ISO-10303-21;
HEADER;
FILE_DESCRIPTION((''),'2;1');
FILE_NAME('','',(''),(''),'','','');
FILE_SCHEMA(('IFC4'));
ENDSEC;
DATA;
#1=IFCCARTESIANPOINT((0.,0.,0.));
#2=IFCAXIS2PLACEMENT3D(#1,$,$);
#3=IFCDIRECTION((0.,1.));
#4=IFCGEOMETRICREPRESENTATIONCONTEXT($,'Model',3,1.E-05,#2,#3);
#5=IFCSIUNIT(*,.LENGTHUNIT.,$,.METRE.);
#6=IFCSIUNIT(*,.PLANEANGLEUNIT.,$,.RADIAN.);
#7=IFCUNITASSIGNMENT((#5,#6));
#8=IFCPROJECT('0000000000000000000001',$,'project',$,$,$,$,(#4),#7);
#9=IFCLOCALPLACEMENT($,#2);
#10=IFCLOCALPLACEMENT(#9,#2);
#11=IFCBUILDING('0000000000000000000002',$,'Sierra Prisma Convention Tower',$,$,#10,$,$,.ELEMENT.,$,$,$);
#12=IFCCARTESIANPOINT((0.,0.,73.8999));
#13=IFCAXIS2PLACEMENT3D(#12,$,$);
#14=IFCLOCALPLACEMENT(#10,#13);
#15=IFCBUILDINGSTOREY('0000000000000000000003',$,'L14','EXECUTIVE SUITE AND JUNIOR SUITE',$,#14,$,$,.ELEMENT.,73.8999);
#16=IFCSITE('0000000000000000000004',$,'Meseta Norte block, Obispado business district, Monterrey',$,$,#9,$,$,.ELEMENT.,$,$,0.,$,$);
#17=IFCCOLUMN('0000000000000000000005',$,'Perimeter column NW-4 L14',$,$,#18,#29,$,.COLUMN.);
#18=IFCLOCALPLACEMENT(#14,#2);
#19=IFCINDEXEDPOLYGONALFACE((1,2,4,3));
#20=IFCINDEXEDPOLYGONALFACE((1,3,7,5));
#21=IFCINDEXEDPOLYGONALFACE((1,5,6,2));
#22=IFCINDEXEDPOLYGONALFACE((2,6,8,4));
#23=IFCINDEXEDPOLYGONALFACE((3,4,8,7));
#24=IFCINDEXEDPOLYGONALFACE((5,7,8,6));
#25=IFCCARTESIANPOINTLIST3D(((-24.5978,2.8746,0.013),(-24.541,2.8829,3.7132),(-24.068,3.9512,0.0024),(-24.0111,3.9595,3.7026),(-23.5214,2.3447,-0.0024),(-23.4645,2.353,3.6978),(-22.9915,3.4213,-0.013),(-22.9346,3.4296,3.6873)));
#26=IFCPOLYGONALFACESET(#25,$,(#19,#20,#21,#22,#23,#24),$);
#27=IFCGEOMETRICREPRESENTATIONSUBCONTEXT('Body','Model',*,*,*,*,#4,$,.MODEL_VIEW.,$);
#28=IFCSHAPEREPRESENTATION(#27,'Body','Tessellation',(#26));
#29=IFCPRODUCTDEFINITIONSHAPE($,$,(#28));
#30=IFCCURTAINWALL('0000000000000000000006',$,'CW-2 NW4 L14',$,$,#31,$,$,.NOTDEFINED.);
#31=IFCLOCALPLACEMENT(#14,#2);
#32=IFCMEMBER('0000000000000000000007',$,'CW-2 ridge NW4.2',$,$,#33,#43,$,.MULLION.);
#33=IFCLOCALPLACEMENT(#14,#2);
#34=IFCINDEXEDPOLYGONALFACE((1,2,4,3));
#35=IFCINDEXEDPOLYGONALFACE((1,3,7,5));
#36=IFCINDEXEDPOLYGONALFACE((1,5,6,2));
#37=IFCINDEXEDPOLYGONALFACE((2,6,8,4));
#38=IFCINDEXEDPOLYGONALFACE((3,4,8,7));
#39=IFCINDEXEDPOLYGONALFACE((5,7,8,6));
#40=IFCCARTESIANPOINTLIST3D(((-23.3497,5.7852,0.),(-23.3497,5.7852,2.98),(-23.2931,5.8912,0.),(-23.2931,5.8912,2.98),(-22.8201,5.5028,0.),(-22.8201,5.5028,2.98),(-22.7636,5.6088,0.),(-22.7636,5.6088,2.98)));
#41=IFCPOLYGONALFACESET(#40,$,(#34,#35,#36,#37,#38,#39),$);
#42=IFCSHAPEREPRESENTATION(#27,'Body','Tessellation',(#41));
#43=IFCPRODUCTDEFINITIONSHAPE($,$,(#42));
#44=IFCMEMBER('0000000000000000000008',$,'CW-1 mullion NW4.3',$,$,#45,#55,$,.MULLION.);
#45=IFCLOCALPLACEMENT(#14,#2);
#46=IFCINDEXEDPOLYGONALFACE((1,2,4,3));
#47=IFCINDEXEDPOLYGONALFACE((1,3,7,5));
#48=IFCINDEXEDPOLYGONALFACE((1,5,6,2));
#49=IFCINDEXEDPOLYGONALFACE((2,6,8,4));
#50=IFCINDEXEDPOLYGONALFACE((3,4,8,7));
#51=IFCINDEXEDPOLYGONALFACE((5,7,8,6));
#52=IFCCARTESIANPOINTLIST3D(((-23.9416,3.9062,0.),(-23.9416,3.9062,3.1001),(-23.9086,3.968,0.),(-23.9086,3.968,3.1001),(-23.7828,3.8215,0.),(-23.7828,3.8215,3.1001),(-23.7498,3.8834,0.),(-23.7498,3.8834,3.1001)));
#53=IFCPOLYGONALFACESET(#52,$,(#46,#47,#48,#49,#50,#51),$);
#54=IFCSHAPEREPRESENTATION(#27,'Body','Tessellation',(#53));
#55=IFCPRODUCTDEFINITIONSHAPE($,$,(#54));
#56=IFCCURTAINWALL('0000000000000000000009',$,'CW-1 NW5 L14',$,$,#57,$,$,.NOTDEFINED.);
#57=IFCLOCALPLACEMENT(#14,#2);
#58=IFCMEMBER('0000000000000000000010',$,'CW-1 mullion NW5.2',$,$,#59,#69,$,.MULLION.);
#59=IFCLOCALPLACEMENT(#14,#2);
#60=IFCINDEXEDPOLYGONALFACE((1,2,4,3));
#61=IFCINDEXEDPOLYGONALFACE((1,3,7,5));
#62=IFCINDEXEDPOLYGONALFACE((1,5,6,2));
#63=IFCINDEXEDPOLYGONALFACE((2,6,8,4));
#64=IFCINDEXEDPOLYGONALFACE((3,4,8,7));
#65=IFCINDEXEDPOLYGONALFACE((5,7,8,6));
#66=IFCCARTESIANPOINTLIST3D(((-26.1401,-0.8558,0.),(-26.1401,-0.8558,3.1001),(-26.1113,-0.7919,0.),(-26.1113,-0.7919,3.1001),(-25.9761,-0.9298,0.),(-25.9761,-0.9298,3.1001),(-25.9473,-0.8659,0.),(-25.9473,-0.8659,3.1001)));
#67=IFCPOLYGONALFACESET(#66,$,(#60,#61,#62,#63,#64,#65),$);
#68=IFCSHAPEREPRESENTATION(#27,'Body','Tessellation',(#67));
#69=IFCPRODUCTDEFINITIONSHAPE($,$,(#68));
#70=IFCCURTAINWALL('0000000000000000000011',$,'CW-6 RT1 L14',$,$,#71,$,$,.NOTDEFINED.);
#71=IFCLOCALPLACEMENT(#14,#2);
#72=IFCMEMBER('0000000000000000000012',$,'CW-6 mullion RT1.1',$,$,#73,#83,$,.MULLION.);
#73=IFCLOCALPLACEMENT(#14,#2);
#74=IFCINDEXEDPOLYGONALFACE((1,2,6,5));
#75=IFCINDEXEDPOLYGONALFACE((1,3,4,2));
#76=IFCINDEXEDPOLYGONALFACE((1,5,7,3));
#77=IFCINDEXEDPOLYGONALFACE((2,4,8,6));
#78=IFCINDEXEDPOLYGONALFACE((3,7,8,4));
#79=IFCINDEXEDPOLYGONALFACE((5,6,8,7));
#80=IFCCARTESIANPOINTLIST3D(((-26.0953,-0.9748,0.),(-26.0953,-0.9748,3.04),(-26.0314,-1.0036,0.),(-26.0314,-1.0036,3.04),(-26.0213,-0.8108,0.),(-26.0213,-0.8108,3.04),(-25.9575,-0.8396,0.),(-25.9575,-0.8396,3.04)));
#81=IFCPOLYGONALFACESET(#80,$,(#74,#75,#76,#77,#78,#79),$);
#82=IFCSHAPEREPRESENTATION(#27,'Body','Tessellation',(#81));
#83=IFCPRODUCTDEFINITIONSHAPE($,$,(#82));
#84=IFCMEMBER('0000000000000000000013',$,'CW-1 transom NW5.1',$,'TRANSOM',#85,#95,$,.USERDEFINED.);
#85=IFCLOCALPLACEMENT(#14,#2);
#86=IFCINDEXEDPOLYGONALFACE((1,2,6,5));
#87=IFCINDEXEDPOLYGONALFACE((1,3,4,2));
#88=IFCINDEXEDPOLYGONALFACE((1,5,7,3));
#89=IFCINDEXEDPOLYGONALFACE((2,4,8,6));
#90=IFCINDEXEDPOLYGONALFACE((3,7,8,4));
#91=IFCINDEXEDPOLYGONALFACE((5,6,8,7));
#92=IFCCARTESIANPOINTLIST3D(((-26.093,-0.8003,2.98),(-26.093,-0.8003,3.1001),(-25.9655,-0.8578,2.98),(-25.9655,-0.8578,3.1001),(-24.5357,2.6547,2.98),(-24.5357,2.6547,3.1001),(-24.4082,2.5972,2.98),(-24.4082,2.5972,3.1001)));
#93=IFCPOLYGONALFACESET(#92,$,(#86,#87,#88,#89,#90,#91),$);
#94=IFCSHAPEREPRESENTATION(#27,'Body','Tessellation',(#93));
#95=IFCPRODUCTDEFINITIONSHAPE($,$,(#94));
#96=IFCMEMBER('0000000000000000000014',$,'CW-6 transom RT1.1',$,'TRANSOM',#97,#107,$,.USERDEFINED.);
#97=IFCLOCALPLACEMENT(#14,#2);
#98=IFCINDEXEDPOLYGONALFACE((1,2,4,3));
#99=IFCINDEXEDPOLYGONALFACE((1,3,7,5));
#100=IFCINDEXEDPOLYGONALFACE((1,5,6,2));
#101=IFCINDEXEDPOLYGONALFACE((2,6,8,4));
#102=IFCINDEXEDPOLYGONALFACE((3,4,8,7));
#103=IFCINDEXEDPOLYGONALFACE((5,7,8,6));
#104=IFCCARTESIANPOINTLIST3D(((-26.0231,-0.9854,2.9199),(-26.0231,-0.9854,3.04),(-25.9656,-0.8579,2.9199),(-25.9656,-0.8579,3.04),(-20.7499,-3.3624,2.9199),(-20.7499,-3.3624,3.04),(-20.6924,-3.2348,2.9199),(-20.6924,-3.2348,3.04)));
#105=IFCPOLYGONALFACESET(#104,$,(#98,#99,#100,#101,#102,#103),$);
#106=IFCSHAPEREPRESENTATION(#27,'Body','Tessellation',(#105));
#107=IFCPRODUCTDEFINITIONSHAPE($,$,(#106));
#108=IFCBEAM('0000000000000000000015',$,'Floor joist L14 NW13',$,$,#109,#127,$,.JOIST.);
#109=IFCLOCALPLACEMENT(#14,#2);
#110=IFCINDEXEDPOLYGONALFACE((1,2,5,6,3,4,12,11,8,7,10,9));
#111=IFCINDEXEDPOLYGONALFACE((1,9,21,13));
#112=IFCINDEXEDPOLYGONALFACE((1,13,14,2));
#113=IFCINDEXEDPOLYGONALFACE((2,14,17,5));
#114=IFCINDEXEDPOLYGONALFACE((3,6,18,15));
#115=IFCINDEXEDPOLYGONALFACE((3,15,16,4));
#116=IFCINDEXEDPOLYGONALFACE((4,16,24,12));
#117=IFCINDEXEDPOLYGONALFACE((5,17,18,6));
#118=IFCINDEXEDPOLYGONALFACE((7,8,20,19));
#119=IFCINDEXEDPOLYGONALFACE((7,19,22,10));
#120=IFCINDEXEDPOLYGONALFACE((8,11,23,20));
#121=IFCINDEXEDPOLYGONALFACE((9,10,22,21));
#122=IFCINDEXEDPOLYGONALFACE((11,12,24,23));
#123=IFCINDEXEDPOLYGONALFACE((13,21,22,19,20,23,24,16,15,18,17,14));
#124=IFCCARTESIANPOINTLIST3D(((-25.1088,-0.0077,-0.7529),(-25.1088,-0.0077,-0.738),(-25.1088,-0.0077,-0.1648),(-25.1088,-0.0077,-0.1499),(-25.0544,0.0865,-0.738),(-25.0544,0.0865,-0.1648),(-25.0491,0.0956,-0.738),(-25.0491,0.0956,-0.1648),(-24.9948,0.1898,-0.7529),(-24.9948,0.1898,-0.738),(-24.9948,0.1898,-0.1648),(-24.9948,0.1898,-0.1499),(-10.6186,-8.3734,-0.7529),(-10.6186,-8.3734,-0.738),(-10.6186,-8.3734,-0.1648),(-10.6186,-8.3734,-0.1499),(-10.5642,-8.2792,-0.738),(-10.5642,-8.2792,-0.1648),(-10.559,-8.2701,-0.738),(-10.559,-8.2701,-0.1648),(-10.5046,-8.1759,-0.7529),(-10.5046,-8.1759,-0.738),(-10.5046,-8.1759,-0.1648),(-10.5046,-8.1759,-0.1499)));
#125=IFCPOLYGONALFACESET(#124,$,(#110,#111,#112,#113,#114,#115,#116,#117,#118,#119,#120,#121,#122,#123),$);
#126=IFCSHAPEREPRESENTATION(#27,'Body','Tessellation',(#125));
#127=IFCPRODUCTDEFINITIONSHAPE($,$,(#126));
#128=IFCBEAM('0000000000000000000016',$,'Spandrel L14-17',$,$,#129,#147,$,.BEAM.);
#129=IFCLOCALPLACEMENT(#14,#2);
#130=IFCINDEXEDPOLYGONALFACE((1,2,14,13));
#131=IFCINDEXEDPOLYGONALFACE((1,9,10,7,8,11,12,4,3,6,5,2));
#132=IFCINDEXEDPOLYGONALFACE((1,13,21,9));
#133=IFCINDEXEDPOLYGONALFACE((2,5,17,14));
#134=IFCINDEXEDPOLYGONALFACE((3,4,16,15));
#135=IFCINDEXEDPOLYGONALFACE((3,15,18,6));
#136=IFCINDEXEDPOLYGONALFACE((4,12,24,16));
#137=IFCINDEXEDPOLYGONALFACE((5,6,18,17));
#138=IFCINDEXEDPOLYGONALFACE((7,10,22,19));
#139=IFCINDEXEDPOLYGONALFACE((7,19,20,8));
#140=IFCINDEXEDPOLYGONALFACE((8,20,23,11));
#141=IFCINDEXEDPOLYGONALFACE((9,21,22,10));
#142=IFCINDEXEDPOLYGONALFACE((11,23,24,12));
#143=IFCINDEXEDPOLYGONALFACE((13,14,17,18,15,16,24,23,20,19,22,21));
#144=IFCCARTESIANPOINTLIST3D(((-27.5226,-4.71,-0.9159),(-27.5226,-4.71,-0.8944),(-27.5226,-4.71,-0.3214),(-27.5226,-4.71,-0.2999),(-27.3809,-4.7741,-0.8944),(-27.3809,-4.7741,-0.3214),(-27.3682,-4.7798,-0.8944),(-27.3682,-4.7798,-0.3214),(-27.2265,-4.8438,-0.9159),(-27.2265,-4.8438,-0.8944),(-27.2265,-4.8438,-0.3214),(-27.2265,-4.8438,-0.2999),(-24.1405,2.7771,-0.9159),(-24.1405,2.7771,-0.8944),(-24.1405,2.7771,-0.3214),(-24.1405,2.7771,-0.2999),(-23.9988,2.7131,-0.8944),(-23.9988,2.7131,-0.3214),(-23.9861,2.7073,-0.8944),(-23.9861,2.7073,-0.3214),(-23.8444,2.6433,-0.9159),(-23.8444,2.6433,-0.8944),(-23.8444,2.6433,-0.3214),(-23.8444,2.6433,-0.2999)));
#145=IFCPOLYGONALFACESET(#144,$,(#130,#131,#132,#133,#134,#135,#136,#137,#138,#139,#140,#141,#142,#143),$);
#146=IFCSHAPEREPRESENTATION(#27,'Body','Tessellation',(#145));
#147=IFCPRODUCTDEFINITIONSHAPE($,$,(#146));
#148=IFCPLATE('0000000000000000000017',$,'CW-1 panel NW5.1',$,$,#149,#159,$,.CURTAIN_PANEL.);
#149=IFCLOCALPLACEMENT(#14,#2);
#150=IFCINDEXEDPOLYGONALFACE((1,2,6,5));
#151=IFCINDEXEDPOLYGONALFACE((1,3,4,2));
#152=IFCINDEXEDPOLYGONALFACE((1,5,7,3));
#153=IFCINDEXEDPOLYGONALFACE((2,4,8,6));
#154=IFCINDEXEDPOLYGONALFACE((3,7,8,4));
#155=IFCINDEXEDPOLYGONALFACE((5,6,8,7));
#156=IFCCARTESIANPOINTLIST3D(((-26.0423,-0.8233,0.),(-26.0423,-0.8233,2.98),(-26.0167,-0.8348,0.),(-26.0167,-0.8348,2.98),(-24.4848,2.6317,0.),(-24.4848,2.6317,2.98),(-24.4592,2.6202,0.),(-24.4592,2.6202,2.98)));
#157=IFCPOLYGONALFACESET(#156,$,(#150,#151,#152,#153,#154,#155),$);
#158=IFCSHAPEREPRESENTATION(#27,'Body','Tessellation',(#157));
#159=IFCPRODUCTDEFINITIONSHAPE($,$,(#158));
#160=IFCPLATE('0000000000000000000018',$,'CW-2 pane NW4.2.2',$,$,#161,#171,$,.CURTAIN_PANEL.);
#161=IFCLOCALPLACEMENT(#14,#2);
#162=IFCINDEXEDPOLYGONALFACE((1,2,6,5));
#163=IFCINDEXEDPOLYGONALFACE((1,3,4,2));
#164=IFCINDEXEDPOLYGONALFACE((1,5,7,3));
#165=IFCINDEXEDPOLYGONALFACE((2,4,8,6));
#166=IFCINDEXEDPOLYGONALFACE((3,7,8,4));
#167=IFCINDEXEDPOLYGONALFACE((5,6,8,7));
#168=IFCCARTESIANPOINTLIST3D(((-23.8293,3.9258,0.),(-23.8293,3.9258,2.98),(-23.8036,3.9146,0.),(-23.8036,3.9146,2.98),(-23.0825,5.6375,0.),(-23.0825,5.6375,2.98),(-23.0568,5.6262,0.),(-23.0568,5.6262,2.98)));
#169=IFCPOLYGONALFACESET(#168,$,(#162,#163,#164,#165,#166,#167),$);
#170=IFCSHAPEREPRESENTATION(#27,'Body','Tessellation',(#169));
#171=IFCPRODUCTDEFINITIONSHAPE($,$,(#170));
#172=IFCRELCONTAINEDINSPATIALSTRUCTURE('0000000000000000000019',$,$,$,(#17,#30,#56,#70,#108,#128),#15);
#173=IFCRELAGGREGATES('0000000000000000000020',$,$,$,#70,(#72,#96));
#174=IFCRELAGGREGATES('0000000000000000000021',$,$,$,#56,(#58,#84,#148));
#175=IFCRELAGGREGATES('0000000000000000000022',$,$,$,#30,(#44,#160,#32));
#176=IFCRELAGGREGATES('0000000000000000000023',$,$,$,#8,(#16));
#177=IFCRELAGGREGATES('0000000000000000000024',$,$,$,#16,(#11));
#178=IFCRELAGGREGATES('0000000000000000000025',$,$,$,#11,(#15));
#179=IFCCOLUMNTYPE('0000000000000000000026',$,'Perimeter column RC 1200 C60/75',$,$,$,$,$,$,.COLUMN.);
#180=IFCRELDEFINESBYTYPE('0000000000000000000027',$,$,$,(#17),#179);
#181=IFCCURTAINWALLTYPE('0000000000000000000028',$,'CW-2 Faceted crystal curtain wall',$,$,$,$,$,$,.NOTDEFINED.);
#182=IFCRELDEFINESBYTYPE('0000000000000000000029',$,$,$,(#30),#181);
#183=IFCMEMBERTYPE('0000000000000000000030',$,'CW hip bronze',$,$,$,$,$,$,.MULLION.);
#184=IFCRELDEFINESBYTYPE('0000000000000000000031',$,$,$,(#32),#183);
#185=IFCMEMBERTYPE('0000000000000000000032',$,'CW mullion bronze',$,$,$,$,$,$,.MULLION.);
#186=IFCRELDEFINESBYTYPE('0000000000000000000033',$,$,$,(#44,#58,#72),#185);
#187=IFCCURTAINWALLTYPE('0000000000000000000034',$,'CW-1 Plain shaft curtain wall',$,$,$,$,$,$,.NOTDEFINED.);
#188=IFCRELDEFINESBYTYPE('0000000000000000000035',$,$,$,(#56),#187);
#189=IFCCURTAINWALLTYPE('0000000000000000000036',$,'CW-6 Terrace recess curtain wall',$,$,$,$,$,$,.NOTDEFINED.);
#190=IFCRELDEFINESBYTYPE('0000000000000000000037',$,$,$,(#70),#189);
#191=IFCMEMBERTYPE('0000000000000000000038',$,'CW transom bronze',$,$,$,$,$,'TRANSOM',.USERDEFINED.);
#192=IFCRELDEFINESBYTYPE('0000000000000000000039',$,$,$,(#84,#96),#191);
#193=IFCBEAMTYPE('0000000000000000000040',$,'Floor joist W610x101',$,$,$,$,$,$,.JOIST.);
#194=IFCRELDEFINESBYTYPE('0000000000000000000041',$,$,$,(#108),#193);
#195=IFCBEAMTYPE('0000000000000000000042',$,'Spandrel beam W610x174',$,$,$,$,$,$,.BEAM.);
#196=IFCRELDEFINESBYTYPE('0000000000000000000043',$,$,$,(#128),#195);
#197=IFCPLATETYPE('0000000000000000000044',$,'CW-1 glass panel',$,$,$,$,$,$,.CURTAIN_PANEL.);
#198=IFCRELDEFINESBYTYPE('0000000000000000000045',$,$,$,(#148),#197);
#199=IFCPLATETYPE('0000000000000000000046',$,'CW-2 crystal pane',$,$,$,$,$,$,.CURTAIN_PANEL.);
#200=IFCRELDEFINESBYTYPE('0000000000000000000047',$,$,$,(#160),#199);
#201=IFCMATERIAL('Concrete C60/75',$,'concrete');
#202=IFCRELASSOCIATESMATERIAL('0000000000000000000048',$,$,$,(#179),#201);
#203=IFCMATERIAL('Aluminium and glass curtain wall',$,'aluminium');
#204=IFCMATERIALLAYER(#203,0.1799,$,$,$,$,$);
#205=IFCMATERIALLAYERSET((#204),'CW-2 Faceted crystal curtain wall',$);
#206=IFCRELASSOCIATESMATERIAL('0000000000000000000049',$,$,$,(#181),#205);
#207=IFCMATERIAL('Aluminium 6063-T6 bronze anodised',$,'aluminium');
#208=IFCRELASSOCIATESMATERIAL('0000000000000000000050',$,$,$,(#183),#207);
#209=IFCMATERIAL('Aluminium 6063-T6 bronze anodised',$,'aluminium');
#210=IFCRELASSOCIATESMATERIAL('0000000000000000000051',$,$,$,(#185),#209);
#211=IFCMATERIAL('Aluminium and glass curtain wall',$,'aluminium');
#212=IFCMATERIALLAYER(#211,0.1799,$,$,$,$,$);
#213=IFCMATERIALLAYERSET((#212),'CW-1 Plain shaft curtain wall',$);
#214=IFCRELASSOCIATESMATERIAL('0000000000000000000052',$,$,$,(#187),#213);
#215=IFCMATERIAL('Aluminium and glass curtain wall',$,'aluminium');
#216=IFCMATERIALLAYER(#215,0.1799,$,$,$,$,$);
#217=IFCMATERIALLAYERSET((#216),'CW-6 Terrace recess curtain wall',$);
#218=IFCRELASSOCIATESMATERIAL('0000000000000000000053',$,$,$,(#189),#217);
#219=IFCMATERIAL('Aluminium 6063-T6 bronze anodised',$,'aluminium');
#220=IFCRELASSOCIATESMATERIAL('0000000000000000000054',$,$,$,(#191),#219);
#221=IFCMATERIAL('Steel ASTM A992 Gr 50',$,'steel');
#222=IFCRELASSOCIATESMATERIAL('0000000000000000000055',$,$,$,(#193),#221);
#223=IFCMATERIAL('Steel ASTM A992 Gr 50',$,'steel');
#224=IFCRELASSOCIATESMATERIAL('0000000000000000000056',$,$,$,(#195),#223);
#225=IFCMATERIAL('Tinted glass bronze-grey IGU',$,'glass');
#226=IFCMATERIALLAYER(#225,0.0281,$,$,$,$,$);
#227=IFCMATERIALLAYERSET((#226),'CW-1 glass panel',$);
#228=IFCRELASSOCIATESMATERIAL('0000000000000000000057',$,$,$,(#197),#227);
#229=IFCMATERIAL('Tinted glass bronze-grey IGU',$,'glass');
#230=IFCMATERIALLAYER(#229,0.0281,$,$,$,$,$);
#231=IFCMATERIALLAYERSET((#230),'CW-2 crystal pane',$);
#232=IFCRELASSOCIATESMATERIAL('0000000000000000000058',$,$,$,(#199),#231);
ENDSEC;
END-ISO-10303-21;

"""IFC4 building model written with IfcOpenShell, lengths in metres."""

from ifc_helpers import new_model, si_unit, direction, frame, origin, origin_2d, place, context, subcontext, project, spatial, polyline, rectangle, i_section, outline, extrude, material, layer, layer_set, material_profile, profile_set, type_object, element, aggregate, save


model = new_model("IFC4")

# Units and contexts
model_context = context("Model", 3, precision=1e-05, world=origin(), true_north=direction((0.0, 1.0)))
body_context = subcontext(model_context, "Body", "Model", "MODEL_VIEW")
ifc_project = project(units=[si_unit("LENGTHUNIT", "METRE"), si_unit("PLANEANGLEUNIT", "RADIAN")], contexts=[model_context])

# Site, building, storey
site_placement = place(None, origin())
site = spatial("IfcSite", under=ifc_project, at=site_placement, Name="Meseta Norte block, Obispado business district, Monterrey", CompositionType="ELEMENT", RefElevation=0.0)
building_placement = place(site_placement, origin())
building = spatial("IfcBuilding", under=site, at=building_placement, Name="Sierra Prisma Convention Tower", CompositionType="ELEMENT")
storey_placement = place(building_placement, frame((0.0, 0.0, 73.8999)))
storey = spatial("IfcBuildingStorey", under=building, at=storey_placement, Name="L14", Description="EXECUTIVE SUITE AND JUNIOR SUITE", CompositionType="ELEMENT", Elevation=73.8999)

# Column
ifc_material_1 = material(Name="Concrete C60/75", Category="concrete")
ifc_material_profile_1 = material_profile(ifc_material_1, rectangle(XDim=1.2, YDim=1.2, at=origin_2d()), Name="Perimeter column RC 1200 C60/75")
ifc_profile_set_1 = profile_set([ifc_material_profile_1], Name="Concrete C60/75")
column_type = type_object("IfcColumnType", Name="Perimeter column RC 1200 C60/75", PredefinedType="COLUMN", material=ifc_profile_set_1)
column_placement = place(storey_placement, frame((-23.7947, 3.1479, 0.0), z_axis=(0.015372, 0.002243, 0.999879), x_axis=(0.441566, 0.897185, -0.008801)))
element("IfcColumn", 1, at=column_placement, inside=storey, type_object=column_type, Name="Perimeter column NW-4 L14", PredefinedType="COLUMN", context=body_context, shape_type="SweptSolid", body=[
    extrude(rectangle(XDim=1.2, YDim=1.2, at=origin_2d()), origin(), (0.0, 0.0, 1.0), 3.7007),
])

# Curtain wall, members
ifc_material_2 = material(Name="Aluminium and glass curtain wall", Category="aluminium")
ifc_layer_1 = layer(ifc_material_2, 0.1799)
ifc_layer_set_1 = layer_set([ifc_layer_1], Name="CW-2 Faceted crystal curtain wall")
curtain_wall_type_1 = type_object("IfcCurtainWallType", Name="CW-2 Faceted crystal curtain wall", PredefinedType="NOTDEFINED", material=ifc_layer_set_1)
curtain_wall_1_placement = place(storey_placement, origin())
curtain_wall_1 = element("IfcCurtainWall", 2, at=curtain_wall_1_placement, inside=storey, type_object=curtain_wall_type_1, Name="CW-2 NW4 L14", PredefinedType="NOTDEFINED")
ifc_material_3 = material(Name="Aluminium 6063-T6 bronze anodised", Category="aluminium")
ifc_material_profile_2 = material_profile(ifc_material_3, rectangle(XDim=0.1201, YDim=0.6001, at=origin_2d()), Name="ALU RIDGE BLADE 120x600")
ifc_profile_set_2 = profile_set([ifc_material_profile_2], Name="Aluminium 6063-T6 bronze anodised")
member_type_1 = type_object("IfcMemberType", Name="CW hip bronze", PredefinedType="MULLION", material=ifc_profile_set_2)
member_1_placement = place(storey_placement, frame((-23.0566, 5.697, 0.0), z_axis=(0.0, 0.0, 1.0), x_axis=(-0.470524, -0.882387, 0.0)))
member_1 = element("IfcMember", 3, at=member_1_placement, type_object=member_type_1, Name="CW-2 ridge NW4.2", PredefinedType="MULLION", context=body_context, shape_type="SweptSolid", body=[
    extrude(rectangle(XDim=0.1201, YDim=0.6001, at=origin_2d()), origin(), (0.0, 0.0, 1.0), 2.98),
])
ifc_material_4 = material(Name="Aluminium 6063-T6 bronze anodised", Category="aluminium")
ifc_material_profile_3 = material_profile(ifc_material_4, rectangle(XDim=0.1799, YDim=0.0701, at=origin_2d()), Name="ALU MULLION 70x180")
ifc_profile_set_3 = profile_set([ifc_material_profile_3], Name="Aluminium 6063-T6 bronze anodised")
member_type_2 = type_object("IfcMemberType", Name="CW mullion bronze", PredefinedType="MULLION", material=ifc_profile_set_3)
member_2_placement = place(storey_placement, frame((-23.8457, 3.8948, 0.0), z_axis=(0.0, 0.0, 1.0), x_axis=(0.882387, -0.470524, 0.0)))
member_2 = element("IfcMember", 4, at=member_2_placement, type_object=member_type_2, Name="CW-1 mullion NW4.3", PredefinedType="MULLION", context=body_context, shape_type="SweptSolid", body=[
    extrude(rectangle(XDim=0.1799, YDim=0.0701, at=origin_2d()), origin(), (0.0, 0.0, 1.0), 3.1001),
])

# Curtain walls, members
ifc_material_5 = material(Name="Aluminium and glass curtain wall", Category="aluminium")
ifc_layer_2 = layer(ifc_material_5, 0.1799)
ifc_layer_set_2 = layer_set([ifc_layer_2], Name="CW-1 Plain shaft curtain wall")
curtain_wall_type_2 = type_object("IfcCurtainWallType", Name="CW-1 Plain shaft curtain wall", PredefinedType="NOTDEFINED", material=ifc_layer_set_2)
curtain_wall_2_placement = place(storey_placement, origin())
curtain_wall_2 = element("IfcCurtainWall", 5, at=curtain_wall_2_placement, inside=storey, type_object=curtain_wall_type_2, Name="CW-1 NW5 L14", PredefinedType="NOTDEFINED")
member_3_placement = place(storey_placement, frame((-26.0437, -0.8608, 0.0), z_axis=(0.0, 0.0, 1.0), x_axis=(0.911651, -0.410965, 0.0)))
member_3 = element("IfcMember", 6, at=member_3_placement, type_object=member_type_2, Name="CW-1 mullion NW5.2", PredefinedType="MULLION", context=body_context, shape_type="SweptSolid", body=[
    extrude(rectangle(XDim=0.1799, YDim=0.0701, at=origin_2d()), origin(), (0.0, 0.0, 1.0), 3.1001),
])
ifc_material_6 = material(Name="Aluminium and glass curtain wall", Category="aluminium")
ifc_layer_3 = layer(ifc_material_6, 0.1799)
ifc_layer_set_3 = layer_set([ifc_layer_3], Name="CW-6 Terrace recess curtain wall")
curtain_wall_type_3 = type_object("IfcCurtainWallType", Name="CW-6 Terrace recess curtain wall", PredefinedType="NOTDEFINED", material=ifc_layer_set_3)
curtain_wall_3_placement = place(storey_placement, origin())
curtain_wall_3 = element("IfcCurtainWall", 7, at=curtain_wall_3_placement, inside=storey, type_object=curtain_wall_type_3, Name="CW-6 RT1 L14", PredefinedType="NOTDEFINED")
member_4_placement = place(storey_placement, frame((-26.0264, -0.9072, 0.0), z_axis=(0.0, 0.0, 1.0), x_axis=(0.410965, 0.911651, 0.0)))
member_4 = element("IfcMember", 8, at=member_4_placement, type_object=member_type_2, Name="CW-6 mullion RT1.1", PredefinedType="MULLION", context=body_context, shape_type="SweptSolid", body=[
    extrude(rectangle(XDim=0.1799, YDim=0.0701, at=origin_2d()), origin(), (0.0, 0.0, 1.0), 3.04),
])

# Members
ifc_material_7 = material(Name="Aluminium 6063-T6 bronze anodised", Category="aluminium")
ifc_material_profile_4 = material_profile(ifc_material_7, rectangle(XDim=0.1399, YDim=0.1201, at=origin_2d()), Name="ALU TRANSOM 120x140")
ifc_profile_set_4 = profile_set([ifc_material_profile_4], Name="Aluminium 6063-T6 bronze anodised")
member_type_3 = type_object("IfcMemberType", Name="CW transom bronze", ElementType="TRANSOM", PredefinedType="USERDEFINED", material=ifc_profile_set_4)
member_5_placement = place(storey_placement, frame((-24.4719, 2.626, 3.04), z_axis=(-0.410932, -0.911666, 0.0), x_axis=(0.911666, -0.410932, 0.0)))
member_5 = element("IfcMember", 9, at=member_5_placement, type_object=member_type_3, Name="CW-1 transom NW5.1", ObjectType="TRANSOM", PredefinedType="USERDEFINED", context=body_context, shape_type="SweptSolid", body=[
    extrude(rectangle(XDim=0.1399, YDim=0.1201, at=origin_2d()), origin(), (0.0, 0.0, 1.0), 3.7898),
])
member_6_placement = place(storey_placement, frame((-25.9944, -0.9216, 2.98), z_axis=(0.911661, -0.410942, 0.0), x_axis=(0.410942, 0.911661, 0.0)))
member_6 = element("IfcMember", 10, at=member_6_placement, type_object=member_type_3, Name="CW-6 transom RT1.1", ObjectType="TRANSOM", PredefinedType="USERDEFINED", context=body_context, shape_type="SweptSolid", body=[
    extrude(rectangle(XDim=0.1399, YDim=0.1201, at=origin_2d()), origin(), (0.0, 0.0, 1.0), 5.7842),
])
aggregate(curtain_wall_3, [member_4, member_6])

# Beams
ifc_material_8 = material(Name="Steel ASTM A992 Gr 50", Category="steel")
ifc_material_profile_5 = material_profile(ifc_material_8, i_section(OverallWidth=0.228, OverallDepth=0.603, WebThickness=0.0105, FlangeThickness=0.0149, at=origin_2d()), Name="W610x101")
ifc_profile_set_5 = profile_set([ifc_material_profile_5], Name="Steel ASTM A992 Gr 50")
beam_type_1 = type_object("IfcBeamType", Name="Floor joist W610x101", PredefinedType="JOIST", material=ifc_profile_set_5)
beam_1_placement = place(storey_placement, frame((-25.0518, 0.0911, -0.4514), z_axis=(0.866031, -0.49999, 0.0), x_axis=(0.49999, 0.866031, 0.0)))
element("IfcBeam", 11, at=beam_1_placement, inside=storey, type_object=beam_type_1, Name="Floor joist L14 NW13", PredefinedType="JOIST", context=body_context, shape_type="SweptSolid", body=[
    extrude(i_section(OverallWidth=0.228, OverallDepth=0.603, WebThickness=0.0105, FlangeThickness=0.0149, at=origin_2d()), origin(), (0.0, 0.0, 1.0), 16.7317),
])
ifc_material_9 = material(Name="Steel ASTM A992 Gr 50", Category="steel")
ifc_material_profile_6 = material_profile(ifc_material_9, i_section(OverallWidth=0.325, OverallDepth=0.616, WebThickness=0.0139, FlangeThickness=0.0215, at=origin_2d()), Name="W610x174")
ifc_profile_set_6 = profile_set([ifc_material_profile_6], Name="Steel ASTM A992 Gr 50")
beam_type_2 = type_object("IfcBeamType", Name="Spandrel beam W610x174", PredefinedType="BEAM", material=ifc_profile_set_6)
beam_2_placement = place(storey_placement, frame((-23.9924, 2.7102, -0.6079), z_axis=(-0.41167, -0.911333, 0.0), x_axis=(0.911333, -0.41167, 0.0)))
element("IfcBeam", 12, at=beam_2_placement, inside=storey, type_object=beam_type_2, Name="Spandrel L14-17", PredefinedType="BEAM", context=body_context, shape_type="SweptSolid", body=[
    extrude(i_section(OverallWidth=0.325, OverallDepth=0.616, WebThickness=0.0139, FlangeThickness=0.0215, at=origin_2d()), origin(), (0.0, 0.0, 1.0), 8.2156),
])

# Plates
ifc_material_10 = material(Name="Tinted glass bronze-grey IGU", Category="glass")
ifc_layer_4 = layer(ifc_material_10, 0.0281)
ifc_layer_set_4 = layer_set([ifc_layer_4], Name="CW-1 glass panel")
plate_type_1 = type_object("IfcPlateType", Name="CW-1 glass panel", PredefinedType="CURTAIN_PANEL", material=ifc_layer_set_4)
plate_1_placement = place(storey_placement, frame((-25.2507, 0.8984, 0.0), z_axis=(0.0, 0.0, 1.0), x_axis=(-0.410965, -0.911651, 0.0)))
plate_1 = element("IfcPlate", 13, at=plate_1_placement, type_object=plate_type_1, Name="CW-1 panel NW5.1", PredefinedType="CURTAIN_PANEL", context=body_context, shape_type="SweptSolid", body=[
    extrude(rectangle(XDim=3.7898, YDim=0.0281, at=origin_2d()), origin(), (0.0, 0.0, 1.0), 2.98),
])
aggregate(curtain_wall_2, [member_3, member_5, plate_1])
ifc_material_11 = material(Name="Tinted glass bronze-grey IGU", Category="glass")
ifc_layer_5 = layer(ifc_material_11, 0.0281)
ifc_layer_set_5 = layer_set([ifc_layer_5], Name="CW-2 crystal pane")
plate_type_2 = type_object("IfcPlateType", Name="CW-2 crystal pane", PredefinedType="CURTAIN_PANEL", material=ifc_layer_set_5)
plate_2_placement = place(storey_placement, frame((-23.8293, 3.9258, 0.0), z_axis=(-0.916556, 0.399907, 0.0), x_axis=(0.399907, 0.916556, 0.0)))
plate_2 = element("IfcPlate", 14, at=plate_2_placement, type_object=plate_type_2, Name="CW-2 pane NW4.2.2", PredefinedType="CURTAIN_PANEL", context=body_context, shape_type="SweptSolid", body=[
    extrude(outline(polyline([(0.0, 0.0), (1.8675, 0.0), (1.8675, -2.98), (0.0, -2.98), (0.0, 0.0)])), origin(), (0.0, 0.0, -1.0), 0.0281),
])
aggregate(curtain_wall_1, [member_2, plate_2, member_1])

save(model, "model.ifc")
